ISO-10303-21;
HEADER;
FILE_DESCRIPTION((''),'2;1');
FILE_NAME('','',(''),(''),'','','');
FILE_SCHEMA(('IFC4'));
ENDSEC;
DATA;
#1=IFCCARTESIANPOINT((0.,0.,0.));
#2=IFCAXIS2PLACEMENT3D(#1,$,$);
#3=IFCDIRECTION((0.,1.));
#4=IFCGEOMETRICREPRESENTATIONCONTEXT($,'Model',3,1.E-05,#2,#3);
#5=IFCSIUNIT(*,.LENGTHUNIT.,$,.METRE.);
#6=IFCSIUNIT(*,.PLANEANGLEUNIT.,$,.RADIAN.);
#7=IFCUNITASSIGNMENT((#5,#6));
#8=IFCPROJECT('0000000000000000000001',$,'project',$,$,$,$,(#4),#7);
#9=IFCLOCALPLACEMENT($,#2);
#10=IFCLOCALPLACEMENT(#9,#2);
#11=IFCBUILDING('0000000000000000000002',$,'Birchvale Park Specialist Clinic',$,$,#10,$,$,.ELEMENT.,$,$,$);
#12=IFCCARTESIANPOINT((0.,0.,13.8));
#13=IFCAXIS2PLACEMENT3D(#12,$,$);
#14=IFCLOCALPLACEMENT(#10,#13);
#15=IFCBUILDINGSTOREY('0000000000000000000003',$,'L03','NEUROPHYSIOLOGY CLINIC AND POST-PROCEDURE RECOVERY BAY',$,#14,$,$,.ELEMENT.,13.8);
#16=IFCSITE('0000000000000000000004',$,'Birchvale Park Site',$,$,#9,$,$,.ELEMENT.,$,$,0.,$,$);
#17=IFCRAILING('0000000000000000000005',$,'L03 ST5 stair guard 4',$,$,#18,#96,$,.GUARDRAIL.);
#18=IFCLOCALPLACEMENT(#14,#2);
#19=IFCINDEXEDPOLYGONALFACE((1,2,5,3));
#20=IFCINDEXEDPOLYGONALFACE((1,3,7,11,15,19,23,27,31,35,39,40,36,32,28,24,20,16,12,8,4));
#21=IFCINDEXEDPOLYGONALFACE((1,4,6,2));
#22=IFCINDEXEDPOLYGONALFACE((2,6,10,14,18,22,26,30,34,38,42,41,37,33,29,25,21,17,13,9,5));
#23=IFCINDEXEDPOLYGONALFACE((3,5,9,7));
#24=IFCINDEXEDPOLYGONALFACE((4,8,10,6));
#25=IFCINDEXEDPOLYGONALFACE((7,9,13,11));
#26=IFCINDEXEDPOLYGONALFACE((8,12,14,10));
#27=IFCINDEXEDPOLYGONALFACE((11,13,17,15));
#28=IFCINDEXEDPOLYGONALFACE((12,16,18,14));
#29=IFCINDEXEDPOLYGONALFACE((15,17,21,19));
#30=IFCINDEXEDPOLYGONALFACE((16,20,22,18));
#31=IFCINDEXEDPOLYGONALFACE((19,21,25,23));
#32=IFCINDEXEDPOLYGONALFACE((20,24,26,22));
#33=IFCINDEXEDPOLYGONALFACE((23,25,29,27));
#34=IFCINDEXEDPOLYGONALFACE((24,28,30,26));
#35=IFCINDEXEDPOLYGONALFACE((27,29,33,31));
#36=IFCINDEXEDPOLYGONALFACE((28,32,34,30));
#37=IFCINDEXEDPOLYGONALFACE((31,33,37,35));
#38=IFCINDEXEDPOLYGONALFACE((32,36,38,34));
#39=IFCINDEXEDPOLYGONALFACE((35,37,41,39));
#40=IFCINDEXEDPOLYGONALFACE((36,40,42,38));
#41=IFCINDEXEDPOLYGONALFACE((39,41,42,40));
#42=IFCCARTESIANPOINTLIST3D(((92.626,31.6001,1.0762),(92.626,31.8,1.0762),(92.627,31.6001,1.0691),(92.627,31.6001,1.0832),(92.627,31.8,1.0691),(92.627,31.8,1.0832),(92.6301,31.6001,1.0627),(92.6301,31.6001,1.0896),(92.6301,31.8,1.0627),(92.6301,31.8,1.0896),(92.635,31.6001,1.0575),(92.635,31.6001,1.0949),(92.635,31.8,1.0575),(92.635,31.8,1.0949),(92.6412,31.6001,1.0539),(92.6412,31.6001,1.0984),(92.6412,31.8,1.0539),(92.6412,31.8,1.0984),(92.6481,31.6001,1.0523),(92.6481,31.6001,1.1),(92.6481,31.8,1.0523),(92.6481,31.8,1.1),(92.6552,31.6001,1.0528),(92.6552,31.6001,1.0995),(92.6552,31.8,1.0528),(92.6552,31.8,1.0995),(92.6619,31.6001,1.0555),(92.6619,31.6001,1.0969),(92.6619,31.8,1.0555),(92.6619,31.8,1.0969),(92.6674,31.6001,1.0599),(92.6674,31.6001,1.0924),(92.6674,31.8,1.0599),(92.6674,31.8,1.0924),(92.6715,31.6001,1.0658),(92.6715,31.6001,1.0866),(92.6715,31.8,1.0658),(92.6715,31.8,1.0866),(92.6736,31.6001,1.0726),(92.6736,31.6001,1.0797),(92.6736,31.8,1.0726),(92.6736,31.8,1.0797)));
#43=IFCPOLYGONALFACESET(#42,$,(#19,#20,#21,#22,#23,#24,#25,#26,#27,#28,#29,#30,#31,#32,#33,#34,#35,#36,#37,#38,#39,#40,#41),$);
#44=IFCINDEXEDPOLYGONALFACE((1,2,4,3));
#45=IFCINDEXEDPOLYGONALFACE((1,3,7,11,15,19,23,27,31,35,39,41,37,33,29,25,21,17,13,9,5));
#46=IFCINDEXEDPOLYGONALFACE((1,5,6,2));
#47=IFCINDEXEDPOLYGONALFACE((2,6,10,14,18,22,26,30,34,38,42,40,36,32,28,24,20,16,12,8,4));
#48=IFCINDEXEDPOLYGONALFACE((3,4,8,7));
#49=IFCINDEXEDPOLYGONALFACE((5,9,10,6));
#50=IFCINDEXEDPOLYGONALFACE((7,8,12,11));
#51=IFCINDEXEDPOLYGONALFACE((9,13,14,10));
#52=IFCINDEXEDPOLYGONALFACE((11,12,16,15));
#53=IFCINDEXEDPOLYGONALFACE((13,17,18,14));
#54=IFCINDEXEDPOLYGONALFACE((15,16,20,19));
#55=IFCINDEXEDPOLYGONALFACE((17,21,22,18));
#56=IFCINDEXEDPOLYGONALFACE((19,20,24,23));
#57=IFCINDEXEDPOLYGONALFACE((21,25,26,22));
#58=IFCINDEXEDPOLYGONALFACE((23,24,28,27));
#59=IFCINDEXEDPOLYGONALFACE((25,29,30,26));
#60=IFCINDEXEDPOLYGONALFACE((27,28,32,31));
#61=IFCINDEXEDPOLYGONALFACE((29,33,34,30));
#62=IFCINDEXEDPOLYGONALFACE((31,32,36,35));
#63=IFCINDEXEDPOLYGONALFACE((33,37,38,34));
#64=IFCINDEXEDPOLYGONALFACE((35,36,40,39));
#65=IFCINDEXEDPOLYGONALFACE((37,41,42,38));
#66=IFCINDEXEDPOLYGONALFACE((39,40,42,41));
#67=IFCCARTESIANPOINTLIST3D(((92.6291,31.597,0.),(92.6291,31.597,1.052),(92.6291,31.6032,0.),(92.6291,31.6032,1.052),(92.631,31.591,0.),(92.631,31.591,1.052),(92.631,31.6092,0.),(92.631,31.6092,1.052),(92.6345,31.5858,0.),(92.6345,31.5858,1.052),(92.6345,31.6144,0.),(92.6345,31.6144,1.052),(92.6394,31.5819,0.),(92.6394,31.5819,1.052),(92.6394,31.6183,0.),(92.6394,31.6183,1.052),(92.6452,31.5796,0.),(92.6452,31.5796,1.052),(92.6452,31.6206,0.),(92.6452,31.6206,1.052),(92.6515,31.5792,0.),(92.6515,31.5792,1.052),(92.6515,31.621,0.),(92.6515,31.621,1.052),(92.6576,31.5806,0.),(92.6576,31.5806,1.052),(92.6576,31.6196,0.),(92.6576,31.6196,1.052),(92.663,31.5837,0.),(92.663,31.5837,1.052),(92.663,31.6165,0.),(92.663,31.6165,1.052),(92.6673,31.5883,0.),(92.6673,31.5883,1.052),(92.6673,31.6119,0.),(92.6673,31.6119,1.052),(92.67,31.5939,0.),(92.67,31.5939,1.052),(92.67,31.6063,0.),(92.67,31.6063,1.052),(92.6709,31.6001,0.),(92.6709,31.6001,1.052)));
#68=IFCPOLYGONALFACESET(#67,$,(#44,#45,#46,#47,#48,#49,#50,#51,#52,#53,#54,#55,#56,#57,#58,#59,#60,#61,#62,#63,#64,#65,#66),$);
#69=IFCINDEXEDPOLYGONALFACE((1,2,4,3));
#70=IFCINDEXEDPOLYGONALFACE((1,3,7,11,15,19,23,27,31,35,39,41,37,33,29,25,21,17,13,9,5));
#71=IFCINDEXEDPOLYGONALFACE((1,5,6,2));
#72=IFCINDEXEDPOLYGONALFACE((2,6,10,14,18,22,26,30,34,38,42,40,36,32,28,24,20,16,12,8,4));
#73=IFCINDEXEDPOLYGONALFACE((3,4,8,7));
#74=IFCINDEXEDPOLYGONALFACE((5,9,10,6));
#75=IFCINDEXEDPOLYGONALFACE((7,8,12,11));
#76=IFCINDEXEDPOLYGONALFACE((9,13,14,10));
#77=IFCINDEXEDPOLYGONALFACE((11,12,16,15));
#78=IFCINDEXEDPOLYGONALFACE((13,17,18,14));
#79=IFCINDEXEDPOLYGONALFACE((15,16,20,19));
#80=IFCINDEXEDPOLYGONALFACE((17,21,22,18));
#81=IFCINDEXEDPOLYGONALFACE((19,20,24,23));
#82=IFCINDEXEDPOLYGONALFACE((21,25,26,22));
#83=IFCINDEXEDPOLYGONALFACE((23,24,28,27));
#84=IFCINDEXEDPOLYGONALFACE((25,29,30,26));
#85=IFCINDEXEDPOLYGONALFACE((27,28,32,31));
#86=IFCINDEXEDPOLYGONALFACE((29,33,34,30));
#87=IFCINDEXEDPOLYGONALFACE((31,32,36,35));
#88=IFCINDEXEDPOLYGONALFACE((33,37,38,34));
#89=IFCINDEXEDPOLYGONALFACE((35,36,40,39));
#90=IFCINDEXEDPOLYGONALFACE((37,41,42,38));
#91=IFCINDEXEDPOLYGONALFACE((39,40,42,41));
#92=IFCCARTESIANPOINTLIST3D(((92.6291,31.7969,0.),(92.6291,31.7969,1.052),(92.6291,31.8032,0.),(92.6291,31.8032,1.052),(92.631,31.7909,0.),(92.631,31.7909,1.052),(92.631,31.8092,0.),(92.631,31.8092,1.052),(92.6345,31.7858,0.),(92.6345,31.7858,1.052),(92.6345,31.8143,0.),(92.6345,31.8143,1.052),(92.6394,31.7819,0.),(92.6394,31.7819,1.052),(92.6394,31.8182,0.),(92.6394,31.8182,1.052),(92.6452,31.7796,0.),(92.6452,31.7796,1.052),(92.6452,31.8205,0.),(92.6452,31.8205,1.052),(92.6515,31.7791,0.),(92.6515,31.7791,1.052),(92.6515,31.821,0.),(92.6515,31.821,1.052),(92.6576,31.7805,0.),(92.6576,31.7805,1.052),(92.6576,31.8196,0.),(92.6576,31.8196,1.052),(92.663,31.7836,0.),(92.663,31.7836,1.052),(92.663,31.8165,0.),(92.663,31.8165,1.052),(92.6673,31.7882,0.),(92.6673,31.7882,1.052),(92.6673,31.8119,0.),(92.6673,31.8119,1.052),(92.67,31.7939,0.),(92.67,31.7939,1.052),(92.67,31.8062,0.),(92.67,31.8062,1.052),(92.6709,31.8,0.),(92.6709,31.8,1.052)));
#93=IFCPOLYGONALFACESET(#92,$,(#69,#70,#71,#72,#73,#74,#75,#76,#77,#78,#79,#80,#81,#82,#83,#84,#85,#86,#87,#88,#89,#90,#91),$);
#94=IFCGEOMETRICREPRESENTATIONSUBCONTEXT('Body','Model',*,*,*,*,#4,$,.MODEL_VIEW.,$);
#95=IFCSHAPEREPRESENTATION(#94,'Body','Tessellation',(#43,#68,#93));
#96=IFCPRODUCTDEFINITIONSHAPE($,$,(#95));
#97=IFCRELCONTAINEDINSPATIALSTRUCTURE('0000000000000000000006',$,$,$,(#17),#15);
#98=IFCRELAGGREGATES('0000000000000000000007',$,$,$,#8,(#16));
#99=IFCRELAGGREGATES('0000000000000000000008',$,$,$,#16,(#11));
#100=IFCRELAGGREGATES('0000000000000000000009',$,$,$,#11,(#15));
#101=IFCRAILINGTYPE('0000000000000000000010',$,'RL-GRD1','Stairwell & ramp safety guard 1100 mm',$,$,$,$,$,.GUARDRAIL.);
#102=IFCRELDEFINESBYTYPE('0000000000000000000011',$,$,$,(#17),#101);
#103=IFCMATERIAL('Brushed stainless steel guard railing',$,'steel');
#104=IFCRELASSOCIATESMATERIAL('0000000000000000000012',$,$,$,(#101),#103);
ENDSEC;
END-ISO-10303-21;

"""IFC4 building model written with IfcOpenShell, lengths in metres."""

from ifc_helpers import new_model, si_unit, direction, frame, origin, origin_2d, place, context, subcontext, project, spatial, circle, extrude, material, type_object, element, save


model = new_model("IFC4")

# Units and contexts
model_context = context("Model", 3, precision=1e-05, world=origin(), true_north=direction((0.0, 1.0)))
body_context = subcontext(model_context, "Body", "Model", "MODEL_VIEW")
ifc_project = project(units=[si_unit("LENGTHUNIT", "METRE"), si_unit("PLANEANGLEUNIT", "RADIAN")], contexts=[model_context])

# Site, building, storey
site_placement = place(None, origin())
site = spatial("IfcSite", under=ifc_project, at=site_placement, Name="Birchvale Park Site", CompositionType="ELEMENT", RefElevation=0.0)
building_placement = place(site_placement, origin())
building = spatial("IfcBuilding", under=site, at=building_placement, Name="Birchvale Park Specialist Clinic", CompositionType="ELEMENT")
storey_placement = place(building_placement, frame((0.0, 0.0, 13.8)))
storey = spatial("IfcBuildingStorey", under=building, at=storey_placement, Name="L03", Description="NEUROPHYSIOLOGY CLINIC AND POST-PROCEDURE RECOVERY BAY", CompositionType="ELEMENT", Elevation=13.8)

# Railing
ifc_material_1 = material(Name="Brushed stainless steel guard railing", Category="steel")
railing_type_1 = type_object("IfcRailingType", Name="RL-GRD1", Description="Stairwell & ramp safety guard 1100 mm", PredefinedType="GUARDRAIL", material=ifc_material_1)
railing_1_placement = place(storey_placement, frame((92.6499, 31.6001, 0.0)))
element("IfcRailing", 1, at=railing_1_placement, inside=storey, type_object=railing_type_1, Name="L03 ST5 stair guard 4", PredefinedType="GUARDRAIL", context=body_context, shape_type="SweptSolid", body=[
    extrude(circle(Radius=0.0239, at=origin_2d()), frame((0.0, 0.0, 1.0762), z_axis=(0.0, 1.0, 0.0), x_axis=(-1.0, 0.0, 0.0)), (0.0, 0.0, 1.0), 0.2),
    extrude(circle(Radius=0.021, at=origin_2d()), origin(), (0.0, 0.0, 1.0), 1.052),
    extrude(circle(Radius=0.021, at=origin_2d()), frame((0.0, 0.2, 0.0)), (0.0, 0.0, 1.0), 1.052),
])

save(model, "model.ifc")
